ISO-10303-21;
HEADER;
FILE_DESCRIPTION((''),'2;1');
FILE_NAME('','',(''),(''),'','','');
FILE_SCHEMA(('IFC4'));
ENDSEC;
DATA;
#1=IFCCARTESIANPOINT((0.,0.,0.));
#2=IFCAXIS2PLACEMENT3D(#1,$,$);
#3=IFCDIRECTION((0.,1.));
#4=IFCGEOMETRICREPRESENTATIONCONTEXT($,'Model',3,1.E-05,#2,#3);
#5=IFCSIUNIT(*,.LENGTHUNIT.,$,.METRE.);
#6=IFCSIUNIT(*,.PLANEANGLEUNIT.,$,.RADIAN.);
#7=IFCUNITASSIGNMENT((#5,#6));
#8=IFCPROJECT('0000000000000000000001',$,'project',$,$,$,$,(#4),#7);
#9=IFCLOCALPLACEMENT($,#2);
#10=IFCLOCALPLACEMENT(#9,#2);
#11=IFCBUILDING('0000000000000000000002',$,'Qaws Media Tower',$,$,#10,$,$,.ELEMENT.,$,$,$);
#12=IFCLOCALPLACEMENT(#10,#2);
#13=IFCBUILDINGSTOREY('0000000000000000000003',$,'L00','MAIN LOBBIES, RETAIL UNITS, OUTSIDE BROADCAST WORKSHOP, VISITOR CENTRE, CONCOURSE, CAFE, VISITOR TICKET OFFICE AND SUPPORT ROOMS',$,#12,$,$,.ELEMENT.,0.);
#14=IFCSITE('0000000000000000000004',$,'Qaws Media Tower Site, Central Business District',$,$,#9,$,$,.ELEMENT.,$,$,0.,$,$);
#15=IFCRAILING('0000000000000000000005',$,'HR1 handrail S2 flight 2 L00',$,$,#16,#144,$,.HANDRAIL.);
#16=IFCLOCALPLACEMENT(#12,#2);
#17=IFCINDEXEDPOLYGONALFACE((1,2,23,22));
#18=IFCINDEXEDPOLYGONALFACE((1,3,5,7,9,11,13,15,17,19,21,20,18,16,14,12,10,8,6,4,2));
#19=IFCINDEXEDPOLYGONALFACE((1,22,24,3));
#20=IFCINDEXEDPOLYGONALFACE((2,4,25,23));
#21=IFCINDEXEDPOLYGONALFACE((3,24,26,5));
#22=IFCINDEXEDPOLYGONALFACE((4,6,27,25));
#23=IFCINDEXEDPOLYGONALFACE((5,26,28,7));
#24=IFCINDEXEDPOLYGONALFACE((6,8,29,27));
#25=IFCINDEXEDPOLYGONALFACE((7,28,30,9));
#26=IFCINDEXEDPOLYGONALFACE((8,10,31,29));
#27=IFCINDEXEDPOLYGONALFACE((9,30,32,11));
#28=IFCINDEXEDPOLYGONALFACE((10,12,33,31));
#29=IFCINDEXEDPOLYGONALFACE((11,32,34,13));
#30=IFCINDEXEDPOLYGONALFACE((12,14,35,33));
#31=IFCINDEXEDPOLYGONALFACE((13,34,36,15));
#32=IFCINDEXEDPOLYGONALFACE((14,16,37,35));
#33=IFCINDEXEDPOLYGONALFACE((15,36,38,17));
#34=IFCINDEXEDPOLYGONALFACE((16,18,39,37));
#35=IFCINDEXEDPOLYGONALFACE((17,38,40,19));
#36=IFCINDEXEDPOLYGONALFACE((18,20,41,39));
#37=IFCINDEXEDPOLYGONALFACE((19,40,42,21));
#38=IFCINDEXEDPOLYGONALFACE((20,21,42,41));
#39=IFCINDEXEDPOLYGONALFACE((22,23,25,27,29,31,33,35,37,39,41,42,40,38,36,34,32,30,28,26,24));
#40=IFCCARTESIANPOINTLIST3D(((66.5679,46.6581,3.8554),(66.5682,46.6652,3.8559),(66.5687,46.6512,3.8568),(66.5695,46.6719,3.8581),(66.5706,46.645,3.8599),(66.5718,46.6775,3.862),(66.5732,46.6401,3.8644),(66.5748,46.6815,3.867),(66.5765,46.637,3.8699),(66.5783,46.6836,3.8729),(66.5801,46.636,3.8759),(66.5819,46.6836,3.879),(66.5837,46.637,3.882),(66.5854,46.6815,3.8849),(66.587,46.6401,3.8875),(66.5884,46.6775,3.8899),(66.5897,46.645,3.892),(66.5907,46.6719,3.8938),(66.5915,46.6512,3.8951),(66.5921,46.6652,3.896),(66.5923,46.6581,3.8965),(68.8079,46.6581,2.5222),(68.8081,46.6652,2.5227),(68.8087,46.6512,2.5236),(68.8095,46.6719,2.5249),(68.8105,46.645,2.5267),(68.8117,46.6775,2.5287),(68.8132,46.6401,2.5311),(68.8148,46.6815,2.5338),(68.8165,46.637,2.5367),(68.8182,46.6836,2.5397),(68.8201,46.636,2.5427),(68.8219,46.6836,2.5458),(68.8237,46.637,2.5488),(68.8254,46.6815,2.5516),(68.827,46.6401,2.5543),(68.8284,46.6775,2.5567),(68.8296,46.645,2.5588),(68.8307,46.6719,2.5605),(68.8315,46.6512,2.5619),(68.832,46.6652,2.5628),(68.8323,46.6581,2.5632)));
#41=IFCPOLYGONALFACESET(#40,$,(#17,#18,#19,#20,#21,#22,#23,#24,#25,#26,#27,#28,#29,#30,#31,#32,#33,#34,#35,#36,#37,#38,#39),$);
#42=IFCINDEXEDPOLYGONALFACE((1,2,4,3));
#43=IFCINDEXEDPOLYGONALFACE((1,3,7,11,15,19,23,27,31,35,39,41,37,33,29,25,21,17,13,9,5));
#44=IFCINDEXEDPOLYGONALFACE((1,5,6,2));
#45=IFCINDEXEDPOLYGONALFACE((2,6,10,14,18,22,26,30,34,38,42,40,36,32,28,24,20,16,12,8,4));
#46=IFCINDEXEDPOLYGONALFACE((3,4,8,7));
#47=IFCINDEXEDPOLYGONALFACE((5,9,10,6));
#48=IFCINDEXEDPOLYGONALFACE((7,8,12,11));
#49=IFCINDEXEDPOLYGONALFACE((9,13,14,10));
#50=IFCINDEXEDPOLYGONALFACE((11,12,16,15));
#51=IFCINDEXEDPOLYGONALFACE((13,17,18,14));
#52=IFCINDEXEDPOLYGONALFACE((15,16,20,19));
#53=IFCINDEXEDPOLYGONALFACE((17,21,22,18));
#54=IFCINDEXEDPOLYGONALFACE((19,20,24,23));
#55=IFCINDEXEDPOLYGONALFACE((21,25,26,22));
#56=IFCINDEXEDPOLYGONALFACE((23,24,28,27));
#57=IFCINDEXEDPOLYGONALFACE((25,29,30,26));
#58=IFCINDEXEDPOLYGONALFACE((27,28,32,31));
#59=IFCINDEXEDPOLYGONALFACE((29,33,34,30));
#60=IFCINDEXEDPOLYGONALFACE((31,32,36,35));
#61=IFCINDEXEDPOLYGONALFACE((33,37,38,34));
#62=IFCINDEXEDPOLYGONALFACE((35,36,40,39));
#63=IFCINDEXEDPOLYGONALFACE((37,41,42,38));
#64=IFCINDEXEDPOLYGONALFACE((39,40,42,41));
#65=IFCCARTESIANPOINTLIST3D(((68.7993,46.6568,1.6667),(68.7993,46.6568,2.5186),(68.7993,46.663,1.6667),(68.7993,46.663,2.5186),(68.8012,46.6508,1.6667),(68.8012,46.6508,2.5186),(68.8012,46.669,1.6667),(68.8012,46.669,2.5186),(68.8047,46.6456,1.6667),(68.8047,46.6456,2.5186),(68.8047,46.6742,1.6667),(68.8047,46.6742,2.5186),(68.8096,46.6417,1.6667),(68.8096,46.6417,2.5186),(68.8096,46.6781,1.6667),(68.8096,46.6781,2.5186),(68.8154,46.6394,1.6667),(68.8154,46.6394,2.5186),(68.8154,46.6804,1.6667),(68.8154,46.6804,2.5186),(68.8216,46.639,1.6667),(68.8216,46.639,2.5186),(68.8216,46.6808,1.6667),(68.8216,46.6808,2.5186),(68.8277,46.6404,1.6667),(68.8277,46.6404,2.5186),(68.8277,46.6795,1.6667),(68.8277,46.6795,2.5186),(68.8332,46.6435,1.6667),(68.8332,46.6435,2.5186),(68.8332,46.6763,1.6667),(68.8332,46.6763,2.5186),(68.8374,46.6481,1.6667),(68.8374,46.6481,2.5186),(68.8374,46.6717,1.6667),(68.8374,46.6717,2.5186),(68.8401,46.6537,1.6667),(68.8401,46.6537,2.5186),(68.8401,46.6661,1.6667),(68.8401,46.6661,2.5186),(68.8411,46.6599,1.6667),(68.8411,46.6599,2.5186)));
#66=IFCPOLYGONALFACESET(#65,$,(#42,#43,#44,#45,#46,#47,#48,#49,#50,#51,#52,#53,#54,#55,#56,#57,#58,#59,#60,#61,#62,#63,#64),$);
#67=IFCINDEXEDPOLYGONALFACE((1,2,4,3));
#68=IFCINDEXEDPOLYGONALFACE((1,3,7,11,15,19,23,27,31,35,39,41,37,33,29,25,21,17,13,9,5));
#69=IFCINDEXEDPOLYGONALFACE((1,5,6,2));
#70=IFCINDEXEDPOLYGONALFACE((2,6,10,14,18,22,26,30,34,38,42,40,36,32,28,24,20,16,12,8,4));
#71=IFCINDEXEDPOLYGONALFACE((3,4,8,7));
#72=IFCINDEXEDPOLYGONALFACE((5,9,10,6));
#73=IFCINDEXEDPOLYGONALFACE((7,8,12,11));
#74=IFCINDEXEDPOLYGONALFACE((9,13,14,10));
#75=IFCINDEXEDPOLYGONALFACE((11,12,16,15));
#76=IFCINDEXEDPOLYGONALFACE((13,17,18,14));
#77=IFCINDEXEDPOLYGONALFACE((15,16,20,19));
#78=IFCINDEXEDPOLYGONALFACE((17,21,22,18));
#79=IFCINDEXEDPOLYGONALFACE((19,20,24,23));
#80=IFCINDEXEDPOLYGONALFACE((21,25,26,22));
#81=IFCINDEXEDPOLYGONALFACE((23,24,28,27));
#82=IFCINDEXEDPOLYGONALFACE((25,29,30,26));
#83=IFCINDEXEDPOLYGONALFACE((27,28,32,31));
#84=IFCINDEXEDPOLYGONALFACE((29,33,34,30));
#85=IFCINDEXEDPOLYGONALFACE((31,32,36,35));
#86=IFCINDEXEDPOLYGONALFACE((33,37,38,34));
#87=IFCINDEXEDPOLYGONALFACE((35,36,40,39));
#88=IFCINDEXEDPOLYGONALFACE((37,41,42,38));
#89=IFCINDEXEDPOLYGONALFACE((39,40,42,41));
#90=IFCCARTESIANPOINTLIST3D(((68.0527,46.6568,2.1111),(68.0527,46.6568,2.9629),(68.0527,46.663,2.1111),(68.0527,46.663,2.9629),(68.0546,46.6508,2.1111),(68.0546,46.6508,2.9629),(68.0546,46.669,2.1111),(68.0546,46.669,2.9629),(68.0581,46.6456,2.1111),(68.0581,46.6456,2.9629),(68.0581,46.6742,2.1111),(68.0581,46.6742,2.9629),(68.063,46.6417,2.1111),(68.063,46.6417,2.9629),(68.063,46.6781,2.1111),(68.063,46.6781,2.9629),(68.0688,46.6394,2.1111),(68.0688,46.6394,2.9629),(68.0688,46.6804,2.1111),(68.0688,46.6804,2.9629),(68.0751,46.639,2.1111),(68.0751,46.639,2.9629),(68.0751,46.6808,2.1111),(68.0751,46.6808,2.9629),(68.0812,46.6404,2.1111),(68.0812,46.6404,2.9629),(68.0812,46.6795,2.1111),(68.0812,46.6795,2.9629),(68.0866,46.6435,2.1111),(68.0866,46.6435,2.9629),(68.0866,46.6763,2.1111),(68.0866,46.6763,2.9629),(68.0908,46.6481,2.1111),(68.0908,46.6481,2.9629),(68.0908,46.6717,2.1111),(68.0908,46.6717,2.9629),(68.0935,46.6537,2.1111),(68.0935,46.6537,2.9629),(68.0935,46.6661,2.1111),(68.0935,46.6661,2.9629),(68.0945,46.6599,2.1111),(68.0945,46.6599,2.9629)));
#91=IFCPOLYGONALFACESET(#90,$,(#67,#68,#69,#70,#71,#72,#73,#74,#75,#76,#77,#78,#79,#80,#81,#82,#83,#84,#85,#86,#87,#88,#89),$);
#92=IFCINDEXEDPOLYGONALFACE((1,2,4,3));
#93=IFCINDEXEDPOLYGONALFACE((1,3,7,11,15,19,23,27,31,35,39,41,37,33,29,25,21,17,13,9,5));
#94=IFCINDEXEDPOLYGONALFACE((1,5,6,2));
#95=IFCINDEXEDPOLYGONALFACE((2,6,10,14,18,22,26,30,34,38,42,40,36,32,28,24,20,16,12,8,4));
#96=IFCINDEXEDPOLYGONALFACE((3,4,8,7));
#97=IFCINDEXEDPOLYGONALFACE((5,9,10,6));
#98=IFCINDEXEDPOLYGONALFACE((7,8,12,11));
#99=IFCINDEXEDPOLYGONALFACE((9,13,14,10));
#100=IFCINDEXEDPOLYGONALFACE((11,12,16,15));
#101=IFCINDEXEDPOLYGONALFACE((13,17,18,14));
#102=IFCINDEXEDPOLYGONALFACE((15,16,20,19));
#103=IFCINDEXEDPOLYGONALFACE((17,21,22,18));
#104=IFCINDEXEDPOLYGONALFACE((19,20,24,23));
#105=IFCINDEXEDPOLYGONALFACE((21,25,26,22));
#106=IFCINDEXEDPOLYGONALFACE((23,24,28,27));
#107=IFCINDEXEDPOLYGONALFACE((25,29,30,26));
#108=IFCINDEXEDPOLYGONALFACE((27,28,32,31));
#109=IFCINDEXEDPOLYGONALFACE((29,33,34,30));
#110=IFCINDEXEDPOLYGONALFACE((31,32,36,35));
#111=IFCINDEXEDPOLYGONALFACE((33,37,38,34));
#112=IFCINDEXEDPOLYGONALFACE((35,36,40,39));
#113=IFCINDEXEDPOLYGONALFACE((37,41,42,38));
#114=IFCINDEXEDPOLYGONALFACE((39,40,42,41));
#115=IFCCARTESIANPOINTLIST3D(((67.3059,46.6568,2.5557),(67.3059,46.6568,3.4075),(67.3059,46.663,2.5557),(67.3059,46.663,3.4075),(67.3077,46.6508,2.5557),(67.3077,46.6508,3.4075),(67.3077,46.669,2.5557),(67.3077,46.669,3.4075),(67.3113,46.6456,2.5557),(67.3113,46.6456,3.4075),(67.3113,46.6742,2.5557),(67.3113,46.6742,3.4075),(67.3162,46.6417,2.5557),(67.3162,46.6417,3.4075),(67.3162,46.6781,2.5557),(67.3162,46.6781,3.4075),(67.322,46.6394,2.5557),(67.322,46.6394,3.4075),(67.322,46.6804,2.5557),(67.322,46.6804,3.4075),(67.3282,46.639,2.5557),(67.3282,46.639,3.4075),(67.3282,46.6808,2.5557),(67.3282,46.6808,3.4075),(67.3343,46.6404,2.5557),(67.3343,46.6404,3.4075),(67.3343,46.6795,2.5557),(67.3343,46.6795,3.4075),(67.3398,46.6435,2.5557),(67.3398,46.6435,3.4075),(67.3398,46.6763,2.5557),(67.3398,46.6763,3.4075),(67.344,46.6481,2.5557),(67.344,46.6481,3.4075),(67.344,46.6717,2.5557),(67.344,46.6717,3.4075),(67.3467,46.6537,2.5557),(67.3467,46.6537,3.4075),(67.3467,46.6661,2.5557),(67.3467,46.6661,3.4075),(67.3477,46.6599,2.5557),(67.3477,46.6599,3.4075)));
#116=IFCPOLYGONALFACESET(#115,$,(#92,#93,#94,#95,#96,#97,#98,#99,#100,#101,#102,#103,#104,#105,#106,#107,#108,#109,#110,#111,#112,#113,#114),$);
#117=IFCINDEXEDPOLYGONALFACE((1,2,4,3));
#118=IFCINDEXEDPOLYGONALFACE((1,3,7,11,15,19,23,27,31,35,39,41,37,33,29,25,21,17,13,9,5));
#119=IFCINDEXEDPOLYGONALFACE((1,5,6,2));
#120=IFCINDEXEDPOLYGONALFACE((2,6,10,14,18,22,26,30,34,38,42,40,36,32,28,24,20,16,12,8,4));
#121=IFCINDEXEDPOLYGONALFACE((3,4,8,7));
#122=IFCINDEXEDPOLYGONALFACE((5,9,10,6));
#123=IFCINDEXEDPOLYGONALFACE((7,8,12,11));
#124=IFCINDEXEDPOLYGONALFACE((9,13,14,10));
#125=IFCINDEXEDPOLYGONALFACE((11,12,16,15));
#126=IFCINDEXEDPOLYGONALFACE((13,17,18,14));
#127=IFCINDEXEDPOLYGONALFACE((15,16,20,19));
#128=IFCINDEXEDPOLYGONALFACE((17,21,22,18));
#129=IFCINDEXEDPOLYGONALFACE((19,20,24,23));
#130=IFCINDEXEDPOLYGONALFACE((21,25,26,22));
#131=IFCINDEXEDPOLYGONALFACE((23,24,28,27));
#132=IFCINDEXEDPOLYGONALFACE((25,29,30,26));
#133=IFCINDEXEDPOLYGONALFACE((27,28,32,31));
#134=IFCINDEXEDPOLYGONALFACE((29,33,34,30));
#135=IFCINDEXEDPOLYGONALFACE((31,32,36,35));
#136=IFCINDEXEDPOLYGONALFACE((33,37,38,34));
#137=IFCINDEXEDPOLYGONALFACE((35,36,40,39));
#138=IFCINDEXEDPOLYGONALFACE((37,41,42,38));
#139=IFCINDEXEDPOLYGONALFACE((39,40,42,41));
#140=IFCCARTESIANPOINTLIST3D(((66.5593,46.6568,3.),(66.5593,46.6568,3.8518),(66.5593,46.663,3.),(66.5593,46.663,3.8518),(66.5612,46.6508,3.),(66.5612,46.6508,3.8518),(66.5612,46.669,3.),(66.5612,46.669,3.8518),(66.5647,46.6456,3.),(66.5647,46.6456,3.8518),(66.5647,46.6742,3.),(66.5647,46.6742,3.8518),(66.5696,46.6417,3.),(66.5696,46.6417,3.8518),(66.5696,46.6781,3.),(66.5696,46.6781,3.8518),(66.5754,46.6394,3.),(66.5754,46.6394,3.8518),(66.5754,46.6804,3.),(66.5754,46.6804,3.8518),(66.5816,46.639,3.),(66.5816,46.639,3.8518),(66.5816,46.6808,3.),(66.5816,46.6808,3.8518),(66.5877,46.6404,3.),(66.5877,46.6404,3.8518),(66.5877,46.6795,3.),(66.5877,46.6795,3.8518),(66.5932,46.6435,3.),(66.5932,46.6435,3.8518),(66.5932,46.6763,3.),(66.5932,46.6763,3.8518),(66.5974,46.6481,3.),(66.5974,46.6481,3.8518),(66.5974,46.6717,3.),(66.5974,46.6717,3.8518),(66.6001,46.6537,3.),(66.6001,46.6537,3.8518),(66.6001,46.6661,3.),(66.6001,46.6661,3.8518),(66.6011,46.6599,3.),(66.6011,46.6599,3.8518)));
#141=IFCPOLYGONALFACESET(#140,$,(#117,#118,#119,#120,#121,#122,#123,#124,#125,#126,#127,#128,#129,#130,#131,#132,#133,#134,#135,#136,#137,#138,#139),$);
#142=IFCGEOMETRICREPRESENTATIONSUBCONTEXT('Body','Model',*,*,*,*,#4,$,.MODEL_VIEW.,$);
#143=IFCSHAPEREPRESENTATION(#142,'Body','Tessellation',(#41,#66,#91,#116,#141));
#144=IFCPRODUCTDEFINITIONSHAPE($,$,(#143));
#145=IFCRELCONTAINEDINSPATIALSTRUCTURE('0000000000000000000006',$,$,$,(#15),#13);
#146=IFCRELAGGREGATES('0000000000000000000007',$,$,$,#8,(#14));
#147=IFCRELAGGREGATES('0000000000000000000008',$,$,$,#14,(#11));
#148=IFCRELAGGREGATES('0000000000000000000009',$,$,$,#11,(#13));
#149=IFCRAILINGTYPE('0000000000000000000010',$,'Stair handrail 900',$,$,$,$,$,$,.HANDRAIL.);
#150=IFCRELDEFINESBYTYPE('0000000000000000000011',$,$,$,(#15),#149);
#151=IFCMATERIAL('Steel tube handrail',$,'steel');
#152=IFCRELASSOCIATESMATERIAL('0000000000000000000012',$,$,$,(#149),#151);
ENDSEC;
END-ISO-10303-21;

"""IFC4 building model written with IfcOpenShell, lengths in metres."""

from ifc_helpers import new_model, si_unit, direction, frame, origin, origin_2d, place, context, subcontext, project, spatial, circle, extrude, material, type_object, element, save


model = new_model("IFC4")

# Units and contexts
model_context = context("Model", 3, precision=1e-05, world=origin(), true_north=direction((0.0, 1.0)))
body_context = subcontext(model_context, "Body", "Model", "MODEL_VIEW")
ifc_project = project(units=[si_unit("LENGTHUNIT", "METRE"), si_unit("PLANEANGLEUNIT", "RADIAN")], contexts=[model_context])

# Site, building, storey
site_placement = place(None, origin())
site = spatial("IfcSite", under=ifc_project, at=site_placement, Name="Qaws Media Tower Site, Central Business District", CompositionType="ELEMENT", RefElevation=0.0)
building_placement = place(site_placement, origin())
building = spatial("IfcBuilding", under=site, at=building_placement, Name="Qaws Media Tower", CompositionType="ELEMENT")
storey_placement = place(building_placement, origin())
storey = spatial("IfcBuildingStorey", under=building, at=storey_placement, Name="L00", Description="MAIN LOBBIES, RETAIL UNITS, OUTSIDE BROADCAST WORKSHOP, VISITOR CENTRE, CONCOURSE, CAFE, VISITOR TICKET OFFICE AND SUPPORT ROOMS", CompositionType="ELEMENT", Elevation=0.0)

# Railing
ifc_material_1 = material(Name="Steel tube handrail", Category="steel")
railing_type = type_object("IfcRailingType", Name="Stair handrail 900", PredefinedType="HANDRAIL", material=ifc_material_1)
for number, where, name in (
    (1, (68.8201, 46.6599, 1.6667), "HR1 handrail S2 flight 2 L00"),
):
    element("IfcRailing", number, at=place(storey_placement, frame(where)), inside=storey, type_object=railing_type, Name=name, PredefinedType="HANDRAIL", context=body_context, shape_type="SweptSolid", body=[
        extrude(circle(Radius=0.0239, at=origin_2d()), frame((0.0, 0.0, 0.876), z_axis=(-0.859306, 0.0, 0.511462), x_axis=(0.0, -1.0, 0.0)), (0.0, 0.0, 1.0), 2.6067),
        extrude(circle(Radius=0.021, at=origin_2d()), origin(), (0.0, 0.0, 1.0), 0.8518),
        extrude(circle(Radius=0.021, at=origin_2d()), frame((-0.7466, 0.0, 0.4443)), (0.0, 0.0, 1.0), 0.8518),
        extrude(circle(Radius=0.021, at=origin_2d()), frame((-1.4934, 0.0, 0.8889)), (0.0, 0.0, 1.0), 0.8518),
        extrude(circle(Radius=0.021, at=origin_2d()), frame((-2.24, 0.0, 1.3333)), (0.0, 0.0, 1.0), 0.8518),
    ])

save(model, "model.ifc")
